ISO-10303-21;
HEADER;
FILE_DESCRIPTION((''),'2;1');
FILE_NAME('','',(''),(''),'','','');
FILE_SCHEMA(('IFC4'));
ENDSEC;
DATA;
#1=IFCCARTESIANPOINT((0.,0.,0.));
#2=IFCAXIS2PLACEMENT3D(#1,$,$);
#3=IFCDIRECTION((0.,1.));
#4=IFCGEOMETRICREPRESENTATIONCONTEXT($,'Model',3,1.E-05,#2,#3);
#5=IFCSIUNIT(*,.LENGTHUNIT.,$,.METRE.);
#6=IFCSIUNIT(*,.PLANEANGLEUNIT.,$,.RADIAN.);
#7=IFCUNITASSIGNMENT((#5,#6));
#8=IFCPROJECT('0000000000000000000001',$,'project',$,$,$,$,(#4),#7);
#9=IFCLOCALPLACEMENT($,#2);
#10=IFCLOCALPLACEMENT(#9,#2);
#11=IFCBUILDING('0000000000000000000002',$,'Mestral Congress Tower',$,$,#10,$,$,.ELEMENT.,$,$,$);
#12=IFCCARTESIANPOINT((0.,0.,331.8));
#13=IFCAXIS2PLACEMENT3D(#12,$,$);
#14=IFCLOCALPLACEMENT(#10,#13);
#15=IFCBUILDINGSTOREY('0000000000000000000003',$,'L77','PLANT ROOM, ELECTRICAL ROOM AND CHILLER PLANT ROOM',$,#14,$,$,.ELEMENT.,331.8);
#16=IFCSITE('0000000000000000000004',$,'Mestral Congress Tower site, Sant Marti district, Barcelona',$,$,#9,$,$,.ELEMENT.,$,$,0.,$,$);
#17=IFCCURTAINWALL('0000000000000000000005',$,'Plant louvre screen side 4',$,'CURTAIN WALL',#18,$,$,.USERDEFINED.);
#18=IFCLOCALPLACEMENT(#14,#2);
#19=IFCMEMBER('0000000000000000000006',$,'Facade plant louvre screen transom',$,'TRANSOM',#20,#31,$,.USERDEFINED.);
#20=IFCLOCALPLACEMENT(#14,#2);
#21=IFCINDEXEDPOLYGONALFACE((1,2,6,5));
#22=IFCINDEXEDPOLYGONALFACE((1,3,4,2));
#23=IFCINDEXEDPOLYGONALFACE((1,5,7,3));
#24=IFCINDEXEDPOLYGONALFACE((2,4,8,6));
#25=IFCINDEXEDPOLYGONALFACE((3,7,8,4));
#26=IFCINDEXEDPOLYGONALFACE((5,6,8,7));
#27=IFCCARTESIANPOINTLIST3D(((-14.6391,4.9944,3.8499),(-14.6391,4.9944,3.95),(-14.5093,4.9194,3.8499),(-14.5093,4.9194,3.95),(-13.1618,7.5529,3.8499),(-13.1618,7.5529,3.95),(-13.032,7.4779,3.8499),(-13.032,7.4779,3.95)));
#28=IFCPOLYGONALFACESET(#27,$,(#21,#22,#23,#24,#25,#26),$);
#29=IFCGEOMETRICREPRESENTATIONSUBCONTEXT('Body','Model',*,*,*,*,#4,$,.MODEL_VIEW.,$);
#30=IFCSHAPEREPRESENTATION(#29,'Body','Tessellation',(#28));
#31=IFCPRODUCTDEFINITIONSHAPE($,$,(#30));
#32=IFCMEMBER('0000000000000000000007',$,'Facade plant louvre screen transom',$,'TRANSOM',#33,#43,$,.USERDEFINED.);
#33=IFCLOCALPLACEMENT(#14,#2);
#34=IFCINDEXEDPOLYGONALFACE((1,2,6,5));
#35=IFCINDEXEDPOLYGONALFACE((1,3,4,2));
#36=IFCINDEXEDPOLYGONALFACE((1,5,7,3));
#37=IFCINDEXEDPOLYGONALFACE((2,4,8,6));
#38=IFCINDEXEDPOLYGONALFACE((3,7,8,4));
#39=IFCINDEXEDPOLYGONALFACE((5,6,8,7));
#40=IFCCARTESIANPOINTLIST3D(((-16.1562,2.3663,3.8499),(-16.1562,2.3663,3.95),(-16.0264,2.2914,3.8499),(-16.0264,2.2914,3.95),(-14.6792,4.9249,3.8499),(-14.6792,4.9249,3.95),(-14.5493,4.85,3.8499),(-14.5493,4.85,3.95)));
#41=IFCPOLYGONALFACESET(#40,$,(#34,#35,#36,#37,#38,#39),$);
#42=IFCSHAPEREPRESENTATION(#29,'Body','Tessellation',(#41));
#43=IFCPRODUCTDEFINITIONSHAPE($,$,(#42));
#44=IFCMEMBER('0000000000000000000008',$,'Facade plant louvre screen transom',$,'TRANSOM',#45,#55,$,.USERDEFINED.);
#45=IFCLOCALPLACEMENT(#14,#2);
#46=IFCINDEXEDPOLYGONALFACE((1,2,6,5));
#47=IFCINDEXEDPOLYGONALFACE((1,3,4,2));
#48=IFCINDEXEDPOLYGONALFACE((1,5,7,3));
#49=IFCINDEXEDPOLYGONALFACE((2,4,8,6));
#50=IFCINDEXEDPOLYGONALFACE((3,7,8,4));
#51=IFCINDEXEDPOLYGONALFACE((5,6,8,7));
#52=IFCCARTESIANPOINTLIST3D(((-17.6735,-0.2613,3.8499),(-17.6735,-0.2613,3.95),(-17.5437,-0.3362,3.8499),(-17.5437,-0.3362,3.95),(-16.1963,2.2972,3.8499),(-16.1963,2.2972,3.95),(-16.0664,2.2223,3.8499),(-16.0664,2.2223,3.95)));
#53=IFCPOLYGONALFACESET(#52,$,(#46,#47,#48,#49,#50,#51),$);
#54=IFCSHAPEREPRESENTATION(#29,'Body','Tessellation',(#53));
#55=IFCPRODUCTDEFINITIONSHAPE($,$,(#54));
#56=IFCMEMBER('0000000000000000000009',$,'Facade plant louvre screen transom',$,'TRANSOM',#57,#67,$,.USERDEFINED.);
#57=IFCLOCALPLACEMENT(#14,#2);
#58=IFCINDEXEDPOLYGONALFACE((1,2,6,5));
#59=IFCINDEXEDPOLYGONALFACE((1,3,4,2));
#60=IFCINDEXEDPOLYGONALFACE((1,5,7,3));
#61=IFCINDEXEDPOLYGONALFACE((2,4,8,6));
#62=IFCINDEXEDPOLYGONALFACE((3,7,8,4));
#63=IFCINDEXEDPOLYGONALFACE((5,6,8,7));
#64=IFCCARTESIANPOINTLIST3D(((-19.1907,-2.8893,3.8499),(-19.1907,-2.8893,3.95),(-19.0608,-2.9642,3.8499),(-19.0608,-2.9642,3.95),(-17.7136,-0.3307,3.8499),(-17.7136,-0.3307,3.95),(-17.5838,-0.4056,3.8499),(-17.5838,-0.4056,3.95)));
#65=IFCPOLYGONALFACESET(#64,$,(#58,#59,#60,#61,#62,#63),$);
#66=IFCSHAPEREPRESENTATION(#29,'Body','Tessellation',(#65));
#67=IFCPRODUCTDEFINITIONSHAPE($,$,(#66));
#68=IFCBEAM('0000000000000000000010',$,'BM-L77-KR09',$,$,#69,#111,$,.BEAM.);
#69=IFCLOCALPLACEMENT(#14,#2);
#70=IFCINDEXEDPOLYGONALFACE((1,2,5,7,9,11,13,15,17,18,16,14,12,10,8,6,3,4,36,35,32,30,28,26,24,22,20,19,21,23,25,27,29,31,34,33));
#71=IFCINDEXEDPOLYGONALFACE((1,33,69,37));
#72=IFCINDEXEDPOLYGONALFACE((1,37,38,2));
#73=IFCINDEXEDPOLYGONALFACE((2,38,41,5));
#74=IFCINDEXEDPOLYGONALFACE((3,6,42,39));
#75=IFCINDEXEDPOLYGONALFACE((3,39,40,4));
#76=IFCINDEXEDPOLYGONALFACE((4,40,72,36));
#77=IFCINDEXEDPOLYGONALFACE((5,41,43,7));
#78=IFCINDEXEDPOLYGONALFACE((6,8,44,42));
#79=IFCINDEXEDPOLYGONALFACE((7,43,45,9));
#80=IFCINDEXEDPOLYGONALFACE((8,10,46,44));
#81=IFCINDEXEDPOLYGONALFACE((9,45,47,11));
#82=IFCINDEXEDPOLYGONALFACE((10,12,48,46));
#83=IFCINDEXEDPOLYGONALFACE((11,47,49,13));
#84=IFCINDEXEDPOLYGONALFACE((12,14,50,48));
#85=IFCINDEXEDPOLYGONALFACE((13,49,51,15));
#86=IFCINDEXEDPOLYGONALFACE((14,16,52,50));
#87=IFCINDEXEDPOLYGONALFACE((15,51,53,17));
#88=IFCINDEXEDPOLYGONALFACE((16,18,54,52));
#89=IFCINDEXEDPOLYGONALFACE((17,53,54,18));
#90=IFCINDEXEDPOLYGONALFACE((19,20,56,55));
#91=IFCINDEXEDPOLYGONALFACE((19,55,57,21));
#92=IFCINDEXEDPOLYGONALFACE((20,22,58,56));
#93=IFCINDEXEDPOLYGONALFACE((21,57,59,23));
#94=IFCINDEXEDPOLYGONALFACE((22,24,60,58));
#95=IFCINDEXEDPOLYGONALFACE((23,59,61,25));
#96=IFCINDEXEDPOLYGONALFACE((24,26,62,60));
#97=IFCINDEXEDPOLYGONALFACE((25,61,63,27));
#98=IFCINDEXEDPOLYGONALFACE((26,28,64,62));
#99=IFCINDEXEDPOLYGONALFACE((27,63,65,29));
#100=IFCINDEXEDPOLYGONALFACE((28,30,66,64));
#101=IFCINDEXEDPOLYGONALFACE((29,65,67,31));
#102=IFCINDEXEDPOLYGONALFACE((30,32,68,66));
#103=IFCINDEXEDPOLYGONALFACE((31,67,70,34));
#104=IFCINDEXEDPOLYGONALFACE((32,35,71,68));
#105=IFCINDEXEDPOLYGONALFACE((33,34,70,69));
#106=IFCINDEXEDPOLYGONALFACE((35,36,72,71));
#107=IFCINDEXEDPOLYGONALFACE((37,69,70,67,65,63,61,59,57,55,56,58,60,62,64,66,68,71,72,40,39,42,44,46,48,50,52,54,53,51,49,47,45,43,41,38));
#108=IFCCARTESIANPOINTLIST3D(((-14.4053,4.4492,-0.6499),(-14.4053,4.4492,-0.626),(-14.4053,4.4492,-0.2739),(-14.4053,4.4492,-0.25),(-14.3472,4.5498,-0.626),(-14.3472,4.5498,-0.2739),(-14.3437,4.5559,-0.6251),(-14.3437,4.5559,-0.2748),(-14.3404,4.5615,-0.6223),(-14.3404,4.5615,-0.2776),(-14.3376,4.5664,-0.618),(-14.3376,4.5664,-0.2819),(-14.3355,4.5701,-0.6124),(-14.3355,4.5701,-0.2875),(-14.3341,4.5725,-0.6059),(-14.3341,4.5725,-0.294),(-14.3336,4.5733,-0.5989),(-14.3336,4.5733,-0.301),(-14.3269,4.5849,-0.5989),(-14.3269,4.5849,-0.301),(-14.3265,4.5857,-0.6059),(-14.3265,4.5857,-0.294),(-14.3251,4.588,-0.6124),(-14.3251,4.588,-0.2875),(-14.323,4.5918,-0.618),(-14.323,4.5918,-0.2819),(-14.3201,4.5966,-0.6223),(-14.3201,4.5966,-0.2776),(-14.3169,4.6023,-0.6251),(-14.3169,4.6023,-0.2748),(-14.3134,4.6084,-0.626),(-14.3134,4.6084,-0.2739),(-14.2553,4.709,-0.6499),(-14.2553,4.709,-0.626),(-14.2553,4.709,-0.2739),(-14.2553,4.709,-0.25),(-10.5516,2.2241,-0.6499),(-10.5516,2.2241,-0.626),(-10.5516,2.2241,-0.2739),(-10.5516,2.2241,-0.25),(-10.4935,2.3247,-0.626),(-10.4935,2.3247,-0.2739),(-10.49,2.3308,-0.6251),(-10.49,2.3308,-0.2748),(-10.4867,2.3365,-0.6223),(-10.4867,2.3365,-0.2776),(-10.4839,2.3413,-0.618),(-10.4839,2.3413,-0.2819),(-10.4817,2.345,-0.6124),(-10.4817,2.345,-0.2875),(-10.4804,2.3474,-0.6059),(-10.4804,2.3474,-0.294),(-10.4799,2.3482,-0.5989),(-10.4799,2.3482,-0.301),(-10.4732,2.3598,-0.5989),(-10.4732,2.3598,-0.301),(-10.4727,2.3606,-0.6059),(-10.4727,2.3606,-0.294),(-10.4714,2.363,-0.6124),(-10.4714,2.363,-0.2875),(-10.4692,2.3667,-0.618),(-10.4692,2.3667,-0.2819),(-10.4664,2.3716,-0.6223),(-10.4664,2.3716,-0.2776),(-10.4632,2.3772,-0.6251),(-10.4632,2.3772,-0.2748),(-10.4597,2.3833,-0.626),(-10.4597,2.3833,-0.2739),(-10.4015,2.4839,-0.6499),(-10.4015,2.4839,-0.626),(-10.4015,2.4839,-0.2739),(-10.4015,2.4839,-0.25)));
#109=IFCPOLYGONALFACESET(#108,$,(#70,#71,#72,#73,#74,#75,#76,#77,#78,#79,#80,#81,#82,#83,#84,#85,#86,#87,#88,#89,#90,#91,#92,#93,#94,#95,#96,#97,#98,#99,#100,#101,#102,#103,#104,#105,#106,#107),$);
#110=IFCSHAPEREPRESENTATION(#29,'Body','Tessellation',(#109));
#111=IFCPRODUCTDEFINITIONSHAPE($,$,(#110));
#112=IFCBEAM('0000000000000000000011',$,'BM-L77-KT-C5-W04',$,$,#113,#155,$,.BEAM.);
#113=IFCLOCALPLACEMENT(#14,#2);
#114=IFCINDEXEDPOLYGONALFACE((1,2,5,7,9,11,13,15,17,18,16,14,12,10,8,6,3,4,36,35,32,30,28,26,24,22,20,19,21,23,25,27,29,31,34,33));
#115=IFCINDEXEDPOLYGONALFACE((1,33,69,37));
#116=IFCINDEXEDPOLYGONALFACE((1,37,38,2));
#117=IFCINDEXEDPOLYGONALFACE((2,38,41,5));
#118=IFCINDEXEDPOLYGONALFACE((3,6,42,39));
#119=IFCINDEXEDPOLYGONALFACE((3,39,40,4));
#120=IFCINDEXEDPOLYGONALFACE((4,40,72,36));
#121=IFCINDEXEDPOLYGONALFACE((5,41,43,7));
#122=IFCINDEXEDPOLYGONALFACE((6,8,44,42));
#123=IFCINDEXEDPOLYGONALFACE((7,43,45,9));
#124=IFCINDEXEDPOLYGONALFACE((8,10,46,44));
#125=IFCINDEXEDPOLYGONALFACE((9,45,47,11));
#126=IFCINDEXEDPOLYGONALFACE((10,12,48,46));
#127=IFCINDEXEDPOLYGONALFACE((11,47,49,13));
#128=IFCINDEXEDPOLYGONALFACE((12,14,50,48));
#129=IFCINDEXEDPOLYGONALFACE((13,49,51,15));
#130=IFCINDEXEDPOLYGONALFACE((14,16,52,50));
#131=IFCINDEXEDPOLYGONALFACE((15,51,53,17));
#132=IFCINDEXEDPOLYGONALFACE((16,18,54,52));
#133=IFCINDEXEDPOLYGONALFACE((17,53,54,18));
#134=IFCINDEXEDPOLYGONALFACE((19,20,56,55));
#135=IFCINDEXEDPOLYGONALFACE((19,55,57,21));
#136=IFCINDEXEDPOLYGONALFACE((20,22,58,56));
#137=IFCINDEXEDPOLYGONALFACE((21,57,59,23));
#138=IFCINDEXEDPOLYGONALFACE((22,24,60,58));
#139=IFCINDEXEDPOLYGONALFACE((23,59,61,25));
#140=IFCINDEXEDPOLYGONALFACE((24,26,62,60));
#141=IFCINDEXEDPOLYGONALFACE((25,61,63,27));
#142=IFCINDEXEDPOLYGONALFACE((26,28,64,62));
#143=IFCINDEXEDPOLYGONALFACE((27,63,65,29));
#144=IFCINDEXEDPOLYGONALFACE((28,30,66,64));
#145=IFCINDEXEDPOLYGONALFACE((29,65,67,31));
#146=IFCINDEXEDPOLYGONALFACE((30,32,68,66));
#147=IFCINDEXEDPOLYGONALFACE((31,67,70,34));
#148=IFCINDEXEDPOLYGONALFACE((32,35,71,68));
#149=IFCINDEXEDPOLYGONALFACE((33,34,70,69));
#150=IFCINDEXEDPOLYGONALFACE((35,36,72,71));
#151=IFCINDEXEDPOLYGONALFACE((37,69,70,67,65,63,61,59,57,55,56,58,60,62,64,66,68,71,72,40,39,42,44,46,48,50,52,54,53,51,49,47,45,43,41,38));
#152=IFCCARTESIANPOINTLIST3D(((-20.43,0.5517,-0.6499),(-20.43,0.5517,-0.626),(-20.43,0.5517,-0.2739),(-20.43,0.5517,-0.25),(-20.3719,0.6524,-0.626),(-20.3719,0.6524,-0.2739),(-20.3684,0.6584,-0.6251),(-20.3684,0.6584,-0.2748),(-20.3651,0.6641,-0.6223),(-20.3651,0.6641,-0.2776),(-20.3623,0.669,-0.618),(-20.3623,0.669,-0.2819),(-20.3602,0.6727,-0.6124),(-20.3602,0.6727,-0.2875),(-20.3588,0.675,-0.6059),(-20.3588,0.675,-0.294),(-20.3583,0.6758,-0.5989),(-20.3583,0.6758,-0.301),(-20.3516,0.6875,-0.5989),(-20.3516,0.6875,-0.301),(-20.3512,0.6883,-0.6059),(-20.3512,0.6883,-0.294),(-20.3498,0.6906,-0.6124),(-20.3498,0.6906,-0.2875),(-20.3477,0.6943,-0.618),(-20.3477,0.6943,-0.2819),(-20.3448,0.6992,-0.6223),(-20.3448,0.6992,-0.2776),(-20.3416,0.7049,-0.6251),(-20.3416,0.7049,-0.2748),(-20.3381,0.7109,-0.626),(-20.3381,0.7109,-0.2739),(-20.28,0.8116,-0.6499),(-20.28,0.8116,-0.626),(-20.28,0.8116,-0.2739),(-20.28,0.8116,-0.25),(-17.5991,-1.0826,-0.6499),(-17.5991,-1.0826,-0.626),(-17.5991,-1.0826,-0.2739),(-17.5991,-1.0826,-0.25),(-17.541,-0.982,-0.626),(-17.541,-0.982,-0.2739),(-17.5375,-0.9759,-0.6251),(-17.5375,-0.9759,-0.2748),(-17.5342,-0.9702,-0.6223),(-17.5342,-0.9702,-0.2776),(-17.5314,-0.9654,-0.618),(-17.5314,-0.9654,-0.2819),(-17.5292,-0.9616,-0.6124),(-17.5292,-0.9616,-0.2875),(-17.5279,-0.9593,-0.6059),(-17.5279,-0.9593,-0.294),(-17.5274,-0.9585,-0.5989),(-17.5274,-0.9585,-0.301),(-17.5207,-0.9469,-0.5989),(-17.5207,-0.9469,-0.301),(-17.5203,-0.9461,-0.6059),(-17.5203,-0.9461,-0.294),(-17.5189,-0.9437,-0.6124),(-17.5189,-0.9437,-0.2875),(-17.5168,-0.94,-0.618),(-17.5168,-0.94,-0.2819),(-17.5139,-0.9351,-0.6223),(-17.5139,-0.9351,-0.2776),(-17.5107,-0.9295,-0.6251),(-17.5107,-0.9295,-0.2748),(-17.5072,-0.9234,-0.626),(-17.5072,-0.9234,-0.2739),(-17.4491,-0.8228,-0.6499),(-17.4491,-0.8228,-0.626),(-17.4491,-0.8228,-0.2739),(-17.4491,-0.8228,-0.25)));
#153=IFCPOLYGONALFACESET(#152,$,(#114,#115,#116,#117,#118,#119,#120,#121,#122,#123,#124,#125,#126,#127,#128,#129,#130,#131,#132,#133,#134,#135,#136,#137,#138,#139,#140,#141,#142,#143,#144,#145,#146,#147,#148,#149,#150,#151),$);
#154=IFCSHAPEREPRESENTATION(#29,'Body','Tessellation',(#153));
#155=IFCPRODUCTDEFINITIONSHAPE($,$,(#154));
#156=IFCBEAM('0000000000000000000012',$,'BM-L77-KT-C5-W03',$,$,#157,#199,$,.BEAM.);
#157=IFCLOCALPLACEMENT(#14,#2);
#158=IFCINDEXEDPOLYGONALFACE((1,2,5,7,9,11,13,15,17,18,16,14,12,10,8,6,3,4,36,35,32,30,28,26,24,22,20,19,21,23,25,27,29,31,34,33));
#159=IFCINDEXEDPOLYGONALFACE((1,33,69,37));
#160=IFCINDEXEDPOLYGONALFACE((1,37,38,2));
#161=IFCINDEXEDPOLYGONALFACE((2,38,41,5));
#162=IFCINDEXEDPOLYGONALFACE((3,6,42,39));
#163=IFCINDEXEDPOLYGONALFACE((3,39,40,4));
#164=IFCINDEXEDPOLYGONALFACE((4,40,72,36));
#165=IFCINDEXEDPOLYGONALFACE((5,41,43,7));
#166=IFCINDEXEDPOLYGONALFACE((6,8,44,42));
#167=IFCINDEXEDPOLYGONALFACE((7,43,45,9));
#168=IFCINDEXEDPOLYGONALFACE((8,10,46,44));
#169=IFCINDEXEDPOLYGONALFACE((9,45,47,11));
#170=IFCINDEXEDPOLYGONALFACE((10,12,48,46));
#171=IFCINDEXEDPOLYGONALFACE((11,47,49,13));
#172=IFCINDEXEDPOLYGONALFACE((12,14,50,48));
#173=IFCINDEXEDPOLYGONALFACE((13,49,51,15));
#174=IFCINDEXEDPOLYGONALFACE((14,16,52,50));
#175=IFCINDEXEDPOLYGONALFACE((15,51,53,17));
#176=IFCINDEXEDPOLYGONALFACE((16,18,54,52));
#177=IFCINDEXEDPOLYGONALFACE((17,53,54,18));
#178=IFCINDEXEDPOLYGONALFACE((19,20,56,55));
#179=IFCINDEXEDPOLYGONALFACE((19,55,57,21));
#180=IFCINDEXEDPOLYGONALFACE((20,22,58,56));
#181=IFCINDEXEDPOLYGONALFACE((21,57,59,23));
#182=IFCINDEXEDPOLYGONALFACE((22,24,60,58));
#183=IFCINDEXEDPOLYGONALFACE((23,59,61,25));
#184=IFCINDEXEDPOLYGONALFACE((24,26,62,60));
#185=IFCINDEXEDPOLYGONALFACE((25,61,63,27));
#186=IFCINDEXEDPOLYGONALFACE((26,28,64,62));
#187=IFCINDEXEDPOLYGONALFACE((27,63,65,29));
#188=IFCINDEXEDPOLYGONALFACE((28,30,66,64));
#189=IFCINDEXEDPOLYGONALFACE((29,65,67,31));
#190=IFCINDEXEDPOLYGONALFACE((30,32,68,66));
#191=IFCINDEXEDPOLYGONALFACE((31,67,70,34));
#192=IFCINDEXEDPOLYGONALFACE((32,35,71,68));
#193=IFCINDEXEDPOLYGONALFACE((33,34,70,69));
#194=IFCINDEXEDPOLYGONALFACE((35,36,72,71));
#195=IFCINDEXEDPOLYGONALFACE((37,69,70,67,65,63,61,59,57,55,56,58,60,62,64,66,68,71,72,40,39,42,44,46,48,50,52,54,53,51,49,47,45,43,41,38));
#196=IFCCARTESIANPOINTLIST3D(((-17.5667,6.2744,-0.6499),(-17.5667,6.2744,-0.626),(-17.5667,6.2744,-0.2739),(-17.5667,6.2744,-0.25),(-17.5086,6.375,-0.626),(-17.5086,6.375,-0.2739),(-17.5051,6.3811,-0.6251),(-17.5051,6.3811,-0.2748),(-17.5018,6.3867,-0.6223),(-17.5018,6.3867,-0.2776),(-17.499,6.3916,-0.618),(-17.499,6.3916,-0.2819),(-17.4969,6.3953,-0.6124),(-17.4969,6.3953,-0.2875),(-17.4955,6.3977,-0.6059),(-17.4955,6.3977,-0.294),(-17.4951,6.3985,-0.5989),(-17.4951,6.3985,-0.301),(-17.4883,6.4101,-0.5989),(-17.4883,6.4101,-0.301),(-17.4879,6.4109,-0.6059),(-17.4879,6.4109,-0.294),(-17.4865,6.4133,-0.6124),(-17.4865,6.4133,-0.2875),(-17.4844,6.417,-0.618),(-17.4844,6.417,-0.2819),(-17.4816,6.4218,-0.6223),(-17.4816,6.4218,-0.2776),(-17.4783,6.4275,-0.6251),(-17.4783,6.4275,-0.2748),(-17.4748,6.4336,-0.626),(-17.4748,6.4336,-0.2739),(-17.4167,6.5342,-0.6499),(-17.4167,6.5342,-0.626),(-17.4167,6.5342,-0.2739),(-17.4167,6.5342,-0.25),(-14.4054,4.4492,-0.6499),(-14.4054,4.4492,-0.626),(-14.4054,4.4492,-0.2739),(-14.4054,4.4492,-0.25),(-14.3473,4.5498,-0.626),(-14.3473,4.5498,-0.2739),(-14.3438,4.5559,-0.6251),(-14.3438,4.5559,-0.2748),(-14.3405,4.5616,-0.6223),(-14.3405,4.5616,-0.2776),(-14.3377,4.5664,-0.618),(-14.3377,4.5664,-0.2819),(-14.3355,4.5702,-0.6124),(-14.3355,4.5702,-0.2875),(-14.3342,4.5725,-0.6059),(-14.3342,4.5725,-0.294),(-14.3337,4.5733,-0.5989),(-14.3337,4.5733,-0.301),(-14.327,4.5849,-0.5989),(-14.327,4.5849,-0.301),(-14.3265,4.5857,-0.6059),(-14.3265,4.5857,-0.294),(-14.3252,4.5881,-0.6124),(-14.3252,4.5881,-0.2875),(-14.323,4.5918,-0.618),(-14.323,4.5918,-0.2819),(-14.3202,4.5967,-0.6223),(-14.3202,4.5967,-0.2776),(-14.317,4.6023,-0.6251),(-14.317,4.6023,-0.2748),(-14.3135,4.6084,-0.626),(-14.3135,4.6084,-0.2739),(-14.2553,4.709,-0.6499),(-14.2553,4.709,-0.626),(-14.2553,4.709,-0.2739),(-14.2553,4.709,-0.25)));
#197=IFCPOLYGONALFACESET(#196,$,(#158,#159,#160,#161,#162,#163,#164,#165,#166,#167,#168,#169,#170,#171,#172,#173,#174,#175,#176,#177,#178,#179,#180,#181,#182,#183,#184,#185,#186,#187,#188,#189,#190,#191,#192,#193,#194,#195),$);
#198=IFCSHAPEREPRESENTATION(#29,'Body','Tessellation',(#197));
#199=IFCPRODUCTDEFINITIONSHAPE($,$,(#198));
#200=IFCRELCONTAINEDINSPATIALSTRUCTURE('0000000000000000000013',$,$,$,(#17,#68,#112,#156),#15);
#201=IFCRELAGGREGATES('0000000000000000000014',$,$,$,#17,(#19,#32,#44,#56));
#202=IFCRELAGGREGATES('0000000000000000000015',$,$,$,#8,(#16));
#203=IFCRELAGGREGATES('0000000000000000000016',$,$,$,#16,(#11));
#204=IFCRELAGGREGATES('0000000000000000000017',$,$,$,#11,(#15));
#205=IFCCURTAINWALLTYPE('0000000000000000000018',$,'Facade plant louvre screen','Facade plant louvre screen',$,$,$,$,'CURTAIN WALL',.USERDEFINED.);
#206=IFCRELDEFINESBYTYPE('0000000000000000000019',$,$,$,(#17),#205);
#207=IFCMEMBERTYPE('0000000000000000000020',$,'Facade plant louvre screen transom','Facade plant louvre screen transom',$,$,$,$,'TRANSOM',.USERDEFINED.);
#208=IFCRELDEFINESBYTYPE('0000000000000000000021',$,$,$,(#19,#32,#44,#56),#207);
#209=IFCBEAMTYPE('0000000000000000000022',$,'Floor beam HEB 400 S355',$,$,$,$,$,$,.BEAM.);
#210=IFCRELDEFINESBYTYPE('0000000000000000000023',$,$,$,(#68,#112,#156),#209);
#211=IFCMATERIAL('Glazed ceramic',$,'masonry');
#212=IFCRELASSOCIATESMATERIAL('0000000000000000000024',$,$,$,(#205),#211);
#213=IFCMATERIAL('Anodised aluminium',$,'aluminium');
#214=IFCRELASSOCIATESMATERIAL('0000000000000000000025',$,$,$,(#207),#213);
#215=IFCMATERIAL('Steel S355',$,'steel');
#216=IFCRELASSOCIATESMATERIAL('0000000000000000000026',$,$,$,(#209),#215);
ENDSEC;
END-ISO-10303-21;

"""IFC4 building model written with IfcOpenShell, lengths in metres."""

from ifc_helpers import new_model, si_unit, direction, frame, origin, origin_2d, place, context, subcontext, project, spatial, rectangle, i_section, extrude, material, material_profile, profile_set, type_object, element, aggregate, save


model = new_model("IFC4")

# Units and contexts
model_context = context("Model", 3, precision=1e-05, world=origin(), true_north=direction((0.0, 1.0)))
body_context = subcontext(model_context, "Body", "Model", "MODEL_VIEW")
ifc_project = project(units=[si_unit("LENGTHUNIT", "METRE"), si_unit("PLANEANGLEUNIT", "RADIAN")], contexts=[model_context])

# Site, building, storey
site_placement = place(None, origin())
site = spatial("IfcSite", under=ifc_project, at=site_placement, Name="Mestral Congress Tower site, Sant Marti district, Barcelona", CompositionType="ELEMENT", RefElevation=0.0)
building_placement = place(site_placement, origin())
building = spatial("IfcBuilding", under=site, at=building_placement, Name="Mestral Congress Tower", CompositionType="ELEMENT")
storey_placement = place(building_placement, frame((0.0, 0.0, 331.8)))
storey = spatial("IfcBuildingStorey", under=building, at=storey_placement, Name="L77", Description="PLANT ROOM, ELECTRICAL ROOM AND CHILLER PLANT ROOM", CompositionType="ELEMENT", Elevation=331.8)

# Shared definitions
ifc_material_1 = material(Name="Steel S355", Category="steel")

# Curtain wall, members
ifc_material_2 = material(Name="Glazed ceramic", Category="masonry")
curtain_wall_type = type_object("IfcCurtainWallType", Name="Facade plant louvre screen", Description="Facade plant louvre screen", ElementType="CURTAIN WALL", PredefinedType="USERDEFINED", material=ifc_material_2)
curtain_wall_placement = place(storey_placement, origin())
curtain_wall = element("IfcCurtainWall", 1, at=curtain_wall_placement, inside=storey, type_object=curtain_wall_type, Name="Plant louvre screen side 4", ObjectType="CURTAIN WALL", PredefinedType="USERDEFINED")
ifc_material_3 = material(Name="Anodised aluminium", Category="aluminium")
ifc_material_profile_1 = material_profile(ifc_material_3, rectangle(XDim=0.1499, YDim=0.1001, at=origin_2d()), Name="CW6 transom 150 x 100")
ifc_profile_set_1 = profile_set([ifc_material_profile_1], Name="Anodised aluminium")
member_type_1 = type_object("IfcMemberType", Name="Facade plant louvre screen transom", Description="Facade plant louvre screen transom", ElementType="TRANSOM", PredefinedType="USERDEFINED", material=ifc_profile_set_1)
member_1_placement = place(storey_placement, frame((-13.0969, 7.5154, 3.8999), z_axis=(-0.500023, -0.866012, 0.0), x_axis=(0.866012, -0.500023, 0.0)))
member_1 = element("IfcMember", 2, at=member_1_placement, type_object=member_type_1, Name="Facade plant louvre screen transom", ObjectType="TRANSOM", PredefinedType="USERDEFINED", context=body_context, shape_type="SweptSolid", body=[
    extrude(rectangle(XDim=0.1499, YDim=0.1001, at=origin_2d()), origin(), (0.0, 0.0, 1.0), 2.9543),
])
member_2_placement = place(storey_placement, frame((-14.6143, 4.8875, 3.8999), z_axis=(-0.499961, -0.866048, 0.0), x_axis=(0.866048, -0.499961, 0.0)))
member_2 = element("IfcMember", 3, at=member_2_placement, type_object=member_type_1, Name="Facade plant louvre screen transom", ObjectType="TRANSOM", PredefinedType="USERDEFINED", context=body_context, shape_type="SweptSolid", body=[
    extrude(rectangle(XDim=0.1499, YDim=0.1001, at=origin_2d()), origin(), (0.0, 0.0, 1.0), 2.9543),
])
member_3_placement = place(storey_placement, frame((-16.1313, 2.2598, 3.8999), z_axis=(-0.500023, -0.866012, 0.0), x_axis=(0.866012, -0.500023, 0.0)))
member_3 = element("IfcMember", 4, at=member_3_placement, type_object=member_type_1, Name="Facade plant louvre screen transom", ObjectType="TRANSOM", PredefinedType="USERDEFINED", context=body_context, shape_type="SweptSolid", body=[
    extrude(rectangle(XDim=0.1499, YDim=0.1001, at=origin_2d()), origin(), (0.0, 0.0, 1.0), 2.9543),
])
member_4_placement = place(storey_placement, frame((-17.6487, -0.3682, 3.8999), z_axis=(-0.499961, -0.866048, 0.0), x_axis=(0.866048, -0.499961, 0.0)))
member_4 = element("IfcMember", 5, at=member_4_placement, type_object=member_type_1, Name="Facade plant louvre screen transom", ObjectType="TRANSOM", PredefinedType="USERDEFINED", context=body_context, shape_type="SweptSolid", body=[
    extrude(rectangle(XDim=0.1499, YDim=0.1001, at=origin_2d()), origin(), (0.0, 0.0, 1.0), 2.9543),
])

# Beams
ifc_material_profile_2 = material_profile(ifc_material_1, i_section(OverallWidth=0.3, OverallDepth=0.3999, WebThickness=0.0134, FlangeThickness=0.0239, FilletRadius=0.0271, at=origin_2d()), Name="HEB 400")
ifc_profile_set_2 = profile_set([ifc_material_profile_2], Name="Steel S355")
beam_type_1 = type_object("IfcBeamType", Name="Floor beam HEB 400 S355", PredefinedType="BEAM", material=ifc_profile_set_2)
beam_1_placement = place(storey_placement, frame((-10.4766, 2.354, -0.45), z_axis=(-0.866013, 0.500022, 0.0), x_axis=(-0.500022, -0.866013, 0.0)))
element("IfcBeam", 6, at=beam_1_placement, inside=storey, type_object=beam_type_1, Name="BM-L77-KR09", PredefinedType="BEAM", context=body_context, shape_type="SweptSolid", body=[
    extrude(i_section(OverallWidth=0.3, OverallDepth=0.3999, WebThickness=0.0134, FlangeThickness=0.0239, FilletRadius=0.0271, at=origin_2d()), origin(), (0.0, 0.0, 1.0), 4.45),
])
beam_2_placement = place(storey_placement, frame((-20.355, 0.6816, -0.45), z_axis=(0.866038, -0.499979, 0.0), x_axis=(0.499979, 0.866038, 0.0)))
element("IfcBeam", 7, at=beam_2_placement, inside=storey, type_object=beam_type_1, Name="BM-L77-KT-C5-W04", PredefinedType="BEAM", context=body_context, shape_type="SweptSolid", body=[
    extrude(i_section(OverallWidth=0.3, OverallDepth=0.3999, WebThickness=0.0134, FlangeThickness=0.0239, FilletRadius=0.0271, at=origin_2d()), origin(), (0.0, 0.0, 1.0), 3.2688),
])
beam_3_placement = place(storey_placement, frame((-17.4917, 6.4043, -0.45), z_axis=(0.866029, -0.499995, 0.0), x_axis=(0.499995, 0.866029, 0.0)))
element("IfcBeam", 8, at=beam_3_placement, inside=storey, type_object=beam_type_1, Name="BM-L77-KT-C5-W03", PredefinedType="BEAM", context=body_context, shape_type="SweptSolid", body=[
    extrude(i_section(OverallWidth=0.3, OverallDepth=0.3999, WebThickness=0.0134, FlangeThickness=0.0239, FilletRadius=0.0271, at=origin_2d()), origin(), (0.0, 0.0, 1.0), 3.6504),
])

aggregate(curtain_wall, [member_1, member_2, member_3, member_4])

save(model, "model.ifc")
